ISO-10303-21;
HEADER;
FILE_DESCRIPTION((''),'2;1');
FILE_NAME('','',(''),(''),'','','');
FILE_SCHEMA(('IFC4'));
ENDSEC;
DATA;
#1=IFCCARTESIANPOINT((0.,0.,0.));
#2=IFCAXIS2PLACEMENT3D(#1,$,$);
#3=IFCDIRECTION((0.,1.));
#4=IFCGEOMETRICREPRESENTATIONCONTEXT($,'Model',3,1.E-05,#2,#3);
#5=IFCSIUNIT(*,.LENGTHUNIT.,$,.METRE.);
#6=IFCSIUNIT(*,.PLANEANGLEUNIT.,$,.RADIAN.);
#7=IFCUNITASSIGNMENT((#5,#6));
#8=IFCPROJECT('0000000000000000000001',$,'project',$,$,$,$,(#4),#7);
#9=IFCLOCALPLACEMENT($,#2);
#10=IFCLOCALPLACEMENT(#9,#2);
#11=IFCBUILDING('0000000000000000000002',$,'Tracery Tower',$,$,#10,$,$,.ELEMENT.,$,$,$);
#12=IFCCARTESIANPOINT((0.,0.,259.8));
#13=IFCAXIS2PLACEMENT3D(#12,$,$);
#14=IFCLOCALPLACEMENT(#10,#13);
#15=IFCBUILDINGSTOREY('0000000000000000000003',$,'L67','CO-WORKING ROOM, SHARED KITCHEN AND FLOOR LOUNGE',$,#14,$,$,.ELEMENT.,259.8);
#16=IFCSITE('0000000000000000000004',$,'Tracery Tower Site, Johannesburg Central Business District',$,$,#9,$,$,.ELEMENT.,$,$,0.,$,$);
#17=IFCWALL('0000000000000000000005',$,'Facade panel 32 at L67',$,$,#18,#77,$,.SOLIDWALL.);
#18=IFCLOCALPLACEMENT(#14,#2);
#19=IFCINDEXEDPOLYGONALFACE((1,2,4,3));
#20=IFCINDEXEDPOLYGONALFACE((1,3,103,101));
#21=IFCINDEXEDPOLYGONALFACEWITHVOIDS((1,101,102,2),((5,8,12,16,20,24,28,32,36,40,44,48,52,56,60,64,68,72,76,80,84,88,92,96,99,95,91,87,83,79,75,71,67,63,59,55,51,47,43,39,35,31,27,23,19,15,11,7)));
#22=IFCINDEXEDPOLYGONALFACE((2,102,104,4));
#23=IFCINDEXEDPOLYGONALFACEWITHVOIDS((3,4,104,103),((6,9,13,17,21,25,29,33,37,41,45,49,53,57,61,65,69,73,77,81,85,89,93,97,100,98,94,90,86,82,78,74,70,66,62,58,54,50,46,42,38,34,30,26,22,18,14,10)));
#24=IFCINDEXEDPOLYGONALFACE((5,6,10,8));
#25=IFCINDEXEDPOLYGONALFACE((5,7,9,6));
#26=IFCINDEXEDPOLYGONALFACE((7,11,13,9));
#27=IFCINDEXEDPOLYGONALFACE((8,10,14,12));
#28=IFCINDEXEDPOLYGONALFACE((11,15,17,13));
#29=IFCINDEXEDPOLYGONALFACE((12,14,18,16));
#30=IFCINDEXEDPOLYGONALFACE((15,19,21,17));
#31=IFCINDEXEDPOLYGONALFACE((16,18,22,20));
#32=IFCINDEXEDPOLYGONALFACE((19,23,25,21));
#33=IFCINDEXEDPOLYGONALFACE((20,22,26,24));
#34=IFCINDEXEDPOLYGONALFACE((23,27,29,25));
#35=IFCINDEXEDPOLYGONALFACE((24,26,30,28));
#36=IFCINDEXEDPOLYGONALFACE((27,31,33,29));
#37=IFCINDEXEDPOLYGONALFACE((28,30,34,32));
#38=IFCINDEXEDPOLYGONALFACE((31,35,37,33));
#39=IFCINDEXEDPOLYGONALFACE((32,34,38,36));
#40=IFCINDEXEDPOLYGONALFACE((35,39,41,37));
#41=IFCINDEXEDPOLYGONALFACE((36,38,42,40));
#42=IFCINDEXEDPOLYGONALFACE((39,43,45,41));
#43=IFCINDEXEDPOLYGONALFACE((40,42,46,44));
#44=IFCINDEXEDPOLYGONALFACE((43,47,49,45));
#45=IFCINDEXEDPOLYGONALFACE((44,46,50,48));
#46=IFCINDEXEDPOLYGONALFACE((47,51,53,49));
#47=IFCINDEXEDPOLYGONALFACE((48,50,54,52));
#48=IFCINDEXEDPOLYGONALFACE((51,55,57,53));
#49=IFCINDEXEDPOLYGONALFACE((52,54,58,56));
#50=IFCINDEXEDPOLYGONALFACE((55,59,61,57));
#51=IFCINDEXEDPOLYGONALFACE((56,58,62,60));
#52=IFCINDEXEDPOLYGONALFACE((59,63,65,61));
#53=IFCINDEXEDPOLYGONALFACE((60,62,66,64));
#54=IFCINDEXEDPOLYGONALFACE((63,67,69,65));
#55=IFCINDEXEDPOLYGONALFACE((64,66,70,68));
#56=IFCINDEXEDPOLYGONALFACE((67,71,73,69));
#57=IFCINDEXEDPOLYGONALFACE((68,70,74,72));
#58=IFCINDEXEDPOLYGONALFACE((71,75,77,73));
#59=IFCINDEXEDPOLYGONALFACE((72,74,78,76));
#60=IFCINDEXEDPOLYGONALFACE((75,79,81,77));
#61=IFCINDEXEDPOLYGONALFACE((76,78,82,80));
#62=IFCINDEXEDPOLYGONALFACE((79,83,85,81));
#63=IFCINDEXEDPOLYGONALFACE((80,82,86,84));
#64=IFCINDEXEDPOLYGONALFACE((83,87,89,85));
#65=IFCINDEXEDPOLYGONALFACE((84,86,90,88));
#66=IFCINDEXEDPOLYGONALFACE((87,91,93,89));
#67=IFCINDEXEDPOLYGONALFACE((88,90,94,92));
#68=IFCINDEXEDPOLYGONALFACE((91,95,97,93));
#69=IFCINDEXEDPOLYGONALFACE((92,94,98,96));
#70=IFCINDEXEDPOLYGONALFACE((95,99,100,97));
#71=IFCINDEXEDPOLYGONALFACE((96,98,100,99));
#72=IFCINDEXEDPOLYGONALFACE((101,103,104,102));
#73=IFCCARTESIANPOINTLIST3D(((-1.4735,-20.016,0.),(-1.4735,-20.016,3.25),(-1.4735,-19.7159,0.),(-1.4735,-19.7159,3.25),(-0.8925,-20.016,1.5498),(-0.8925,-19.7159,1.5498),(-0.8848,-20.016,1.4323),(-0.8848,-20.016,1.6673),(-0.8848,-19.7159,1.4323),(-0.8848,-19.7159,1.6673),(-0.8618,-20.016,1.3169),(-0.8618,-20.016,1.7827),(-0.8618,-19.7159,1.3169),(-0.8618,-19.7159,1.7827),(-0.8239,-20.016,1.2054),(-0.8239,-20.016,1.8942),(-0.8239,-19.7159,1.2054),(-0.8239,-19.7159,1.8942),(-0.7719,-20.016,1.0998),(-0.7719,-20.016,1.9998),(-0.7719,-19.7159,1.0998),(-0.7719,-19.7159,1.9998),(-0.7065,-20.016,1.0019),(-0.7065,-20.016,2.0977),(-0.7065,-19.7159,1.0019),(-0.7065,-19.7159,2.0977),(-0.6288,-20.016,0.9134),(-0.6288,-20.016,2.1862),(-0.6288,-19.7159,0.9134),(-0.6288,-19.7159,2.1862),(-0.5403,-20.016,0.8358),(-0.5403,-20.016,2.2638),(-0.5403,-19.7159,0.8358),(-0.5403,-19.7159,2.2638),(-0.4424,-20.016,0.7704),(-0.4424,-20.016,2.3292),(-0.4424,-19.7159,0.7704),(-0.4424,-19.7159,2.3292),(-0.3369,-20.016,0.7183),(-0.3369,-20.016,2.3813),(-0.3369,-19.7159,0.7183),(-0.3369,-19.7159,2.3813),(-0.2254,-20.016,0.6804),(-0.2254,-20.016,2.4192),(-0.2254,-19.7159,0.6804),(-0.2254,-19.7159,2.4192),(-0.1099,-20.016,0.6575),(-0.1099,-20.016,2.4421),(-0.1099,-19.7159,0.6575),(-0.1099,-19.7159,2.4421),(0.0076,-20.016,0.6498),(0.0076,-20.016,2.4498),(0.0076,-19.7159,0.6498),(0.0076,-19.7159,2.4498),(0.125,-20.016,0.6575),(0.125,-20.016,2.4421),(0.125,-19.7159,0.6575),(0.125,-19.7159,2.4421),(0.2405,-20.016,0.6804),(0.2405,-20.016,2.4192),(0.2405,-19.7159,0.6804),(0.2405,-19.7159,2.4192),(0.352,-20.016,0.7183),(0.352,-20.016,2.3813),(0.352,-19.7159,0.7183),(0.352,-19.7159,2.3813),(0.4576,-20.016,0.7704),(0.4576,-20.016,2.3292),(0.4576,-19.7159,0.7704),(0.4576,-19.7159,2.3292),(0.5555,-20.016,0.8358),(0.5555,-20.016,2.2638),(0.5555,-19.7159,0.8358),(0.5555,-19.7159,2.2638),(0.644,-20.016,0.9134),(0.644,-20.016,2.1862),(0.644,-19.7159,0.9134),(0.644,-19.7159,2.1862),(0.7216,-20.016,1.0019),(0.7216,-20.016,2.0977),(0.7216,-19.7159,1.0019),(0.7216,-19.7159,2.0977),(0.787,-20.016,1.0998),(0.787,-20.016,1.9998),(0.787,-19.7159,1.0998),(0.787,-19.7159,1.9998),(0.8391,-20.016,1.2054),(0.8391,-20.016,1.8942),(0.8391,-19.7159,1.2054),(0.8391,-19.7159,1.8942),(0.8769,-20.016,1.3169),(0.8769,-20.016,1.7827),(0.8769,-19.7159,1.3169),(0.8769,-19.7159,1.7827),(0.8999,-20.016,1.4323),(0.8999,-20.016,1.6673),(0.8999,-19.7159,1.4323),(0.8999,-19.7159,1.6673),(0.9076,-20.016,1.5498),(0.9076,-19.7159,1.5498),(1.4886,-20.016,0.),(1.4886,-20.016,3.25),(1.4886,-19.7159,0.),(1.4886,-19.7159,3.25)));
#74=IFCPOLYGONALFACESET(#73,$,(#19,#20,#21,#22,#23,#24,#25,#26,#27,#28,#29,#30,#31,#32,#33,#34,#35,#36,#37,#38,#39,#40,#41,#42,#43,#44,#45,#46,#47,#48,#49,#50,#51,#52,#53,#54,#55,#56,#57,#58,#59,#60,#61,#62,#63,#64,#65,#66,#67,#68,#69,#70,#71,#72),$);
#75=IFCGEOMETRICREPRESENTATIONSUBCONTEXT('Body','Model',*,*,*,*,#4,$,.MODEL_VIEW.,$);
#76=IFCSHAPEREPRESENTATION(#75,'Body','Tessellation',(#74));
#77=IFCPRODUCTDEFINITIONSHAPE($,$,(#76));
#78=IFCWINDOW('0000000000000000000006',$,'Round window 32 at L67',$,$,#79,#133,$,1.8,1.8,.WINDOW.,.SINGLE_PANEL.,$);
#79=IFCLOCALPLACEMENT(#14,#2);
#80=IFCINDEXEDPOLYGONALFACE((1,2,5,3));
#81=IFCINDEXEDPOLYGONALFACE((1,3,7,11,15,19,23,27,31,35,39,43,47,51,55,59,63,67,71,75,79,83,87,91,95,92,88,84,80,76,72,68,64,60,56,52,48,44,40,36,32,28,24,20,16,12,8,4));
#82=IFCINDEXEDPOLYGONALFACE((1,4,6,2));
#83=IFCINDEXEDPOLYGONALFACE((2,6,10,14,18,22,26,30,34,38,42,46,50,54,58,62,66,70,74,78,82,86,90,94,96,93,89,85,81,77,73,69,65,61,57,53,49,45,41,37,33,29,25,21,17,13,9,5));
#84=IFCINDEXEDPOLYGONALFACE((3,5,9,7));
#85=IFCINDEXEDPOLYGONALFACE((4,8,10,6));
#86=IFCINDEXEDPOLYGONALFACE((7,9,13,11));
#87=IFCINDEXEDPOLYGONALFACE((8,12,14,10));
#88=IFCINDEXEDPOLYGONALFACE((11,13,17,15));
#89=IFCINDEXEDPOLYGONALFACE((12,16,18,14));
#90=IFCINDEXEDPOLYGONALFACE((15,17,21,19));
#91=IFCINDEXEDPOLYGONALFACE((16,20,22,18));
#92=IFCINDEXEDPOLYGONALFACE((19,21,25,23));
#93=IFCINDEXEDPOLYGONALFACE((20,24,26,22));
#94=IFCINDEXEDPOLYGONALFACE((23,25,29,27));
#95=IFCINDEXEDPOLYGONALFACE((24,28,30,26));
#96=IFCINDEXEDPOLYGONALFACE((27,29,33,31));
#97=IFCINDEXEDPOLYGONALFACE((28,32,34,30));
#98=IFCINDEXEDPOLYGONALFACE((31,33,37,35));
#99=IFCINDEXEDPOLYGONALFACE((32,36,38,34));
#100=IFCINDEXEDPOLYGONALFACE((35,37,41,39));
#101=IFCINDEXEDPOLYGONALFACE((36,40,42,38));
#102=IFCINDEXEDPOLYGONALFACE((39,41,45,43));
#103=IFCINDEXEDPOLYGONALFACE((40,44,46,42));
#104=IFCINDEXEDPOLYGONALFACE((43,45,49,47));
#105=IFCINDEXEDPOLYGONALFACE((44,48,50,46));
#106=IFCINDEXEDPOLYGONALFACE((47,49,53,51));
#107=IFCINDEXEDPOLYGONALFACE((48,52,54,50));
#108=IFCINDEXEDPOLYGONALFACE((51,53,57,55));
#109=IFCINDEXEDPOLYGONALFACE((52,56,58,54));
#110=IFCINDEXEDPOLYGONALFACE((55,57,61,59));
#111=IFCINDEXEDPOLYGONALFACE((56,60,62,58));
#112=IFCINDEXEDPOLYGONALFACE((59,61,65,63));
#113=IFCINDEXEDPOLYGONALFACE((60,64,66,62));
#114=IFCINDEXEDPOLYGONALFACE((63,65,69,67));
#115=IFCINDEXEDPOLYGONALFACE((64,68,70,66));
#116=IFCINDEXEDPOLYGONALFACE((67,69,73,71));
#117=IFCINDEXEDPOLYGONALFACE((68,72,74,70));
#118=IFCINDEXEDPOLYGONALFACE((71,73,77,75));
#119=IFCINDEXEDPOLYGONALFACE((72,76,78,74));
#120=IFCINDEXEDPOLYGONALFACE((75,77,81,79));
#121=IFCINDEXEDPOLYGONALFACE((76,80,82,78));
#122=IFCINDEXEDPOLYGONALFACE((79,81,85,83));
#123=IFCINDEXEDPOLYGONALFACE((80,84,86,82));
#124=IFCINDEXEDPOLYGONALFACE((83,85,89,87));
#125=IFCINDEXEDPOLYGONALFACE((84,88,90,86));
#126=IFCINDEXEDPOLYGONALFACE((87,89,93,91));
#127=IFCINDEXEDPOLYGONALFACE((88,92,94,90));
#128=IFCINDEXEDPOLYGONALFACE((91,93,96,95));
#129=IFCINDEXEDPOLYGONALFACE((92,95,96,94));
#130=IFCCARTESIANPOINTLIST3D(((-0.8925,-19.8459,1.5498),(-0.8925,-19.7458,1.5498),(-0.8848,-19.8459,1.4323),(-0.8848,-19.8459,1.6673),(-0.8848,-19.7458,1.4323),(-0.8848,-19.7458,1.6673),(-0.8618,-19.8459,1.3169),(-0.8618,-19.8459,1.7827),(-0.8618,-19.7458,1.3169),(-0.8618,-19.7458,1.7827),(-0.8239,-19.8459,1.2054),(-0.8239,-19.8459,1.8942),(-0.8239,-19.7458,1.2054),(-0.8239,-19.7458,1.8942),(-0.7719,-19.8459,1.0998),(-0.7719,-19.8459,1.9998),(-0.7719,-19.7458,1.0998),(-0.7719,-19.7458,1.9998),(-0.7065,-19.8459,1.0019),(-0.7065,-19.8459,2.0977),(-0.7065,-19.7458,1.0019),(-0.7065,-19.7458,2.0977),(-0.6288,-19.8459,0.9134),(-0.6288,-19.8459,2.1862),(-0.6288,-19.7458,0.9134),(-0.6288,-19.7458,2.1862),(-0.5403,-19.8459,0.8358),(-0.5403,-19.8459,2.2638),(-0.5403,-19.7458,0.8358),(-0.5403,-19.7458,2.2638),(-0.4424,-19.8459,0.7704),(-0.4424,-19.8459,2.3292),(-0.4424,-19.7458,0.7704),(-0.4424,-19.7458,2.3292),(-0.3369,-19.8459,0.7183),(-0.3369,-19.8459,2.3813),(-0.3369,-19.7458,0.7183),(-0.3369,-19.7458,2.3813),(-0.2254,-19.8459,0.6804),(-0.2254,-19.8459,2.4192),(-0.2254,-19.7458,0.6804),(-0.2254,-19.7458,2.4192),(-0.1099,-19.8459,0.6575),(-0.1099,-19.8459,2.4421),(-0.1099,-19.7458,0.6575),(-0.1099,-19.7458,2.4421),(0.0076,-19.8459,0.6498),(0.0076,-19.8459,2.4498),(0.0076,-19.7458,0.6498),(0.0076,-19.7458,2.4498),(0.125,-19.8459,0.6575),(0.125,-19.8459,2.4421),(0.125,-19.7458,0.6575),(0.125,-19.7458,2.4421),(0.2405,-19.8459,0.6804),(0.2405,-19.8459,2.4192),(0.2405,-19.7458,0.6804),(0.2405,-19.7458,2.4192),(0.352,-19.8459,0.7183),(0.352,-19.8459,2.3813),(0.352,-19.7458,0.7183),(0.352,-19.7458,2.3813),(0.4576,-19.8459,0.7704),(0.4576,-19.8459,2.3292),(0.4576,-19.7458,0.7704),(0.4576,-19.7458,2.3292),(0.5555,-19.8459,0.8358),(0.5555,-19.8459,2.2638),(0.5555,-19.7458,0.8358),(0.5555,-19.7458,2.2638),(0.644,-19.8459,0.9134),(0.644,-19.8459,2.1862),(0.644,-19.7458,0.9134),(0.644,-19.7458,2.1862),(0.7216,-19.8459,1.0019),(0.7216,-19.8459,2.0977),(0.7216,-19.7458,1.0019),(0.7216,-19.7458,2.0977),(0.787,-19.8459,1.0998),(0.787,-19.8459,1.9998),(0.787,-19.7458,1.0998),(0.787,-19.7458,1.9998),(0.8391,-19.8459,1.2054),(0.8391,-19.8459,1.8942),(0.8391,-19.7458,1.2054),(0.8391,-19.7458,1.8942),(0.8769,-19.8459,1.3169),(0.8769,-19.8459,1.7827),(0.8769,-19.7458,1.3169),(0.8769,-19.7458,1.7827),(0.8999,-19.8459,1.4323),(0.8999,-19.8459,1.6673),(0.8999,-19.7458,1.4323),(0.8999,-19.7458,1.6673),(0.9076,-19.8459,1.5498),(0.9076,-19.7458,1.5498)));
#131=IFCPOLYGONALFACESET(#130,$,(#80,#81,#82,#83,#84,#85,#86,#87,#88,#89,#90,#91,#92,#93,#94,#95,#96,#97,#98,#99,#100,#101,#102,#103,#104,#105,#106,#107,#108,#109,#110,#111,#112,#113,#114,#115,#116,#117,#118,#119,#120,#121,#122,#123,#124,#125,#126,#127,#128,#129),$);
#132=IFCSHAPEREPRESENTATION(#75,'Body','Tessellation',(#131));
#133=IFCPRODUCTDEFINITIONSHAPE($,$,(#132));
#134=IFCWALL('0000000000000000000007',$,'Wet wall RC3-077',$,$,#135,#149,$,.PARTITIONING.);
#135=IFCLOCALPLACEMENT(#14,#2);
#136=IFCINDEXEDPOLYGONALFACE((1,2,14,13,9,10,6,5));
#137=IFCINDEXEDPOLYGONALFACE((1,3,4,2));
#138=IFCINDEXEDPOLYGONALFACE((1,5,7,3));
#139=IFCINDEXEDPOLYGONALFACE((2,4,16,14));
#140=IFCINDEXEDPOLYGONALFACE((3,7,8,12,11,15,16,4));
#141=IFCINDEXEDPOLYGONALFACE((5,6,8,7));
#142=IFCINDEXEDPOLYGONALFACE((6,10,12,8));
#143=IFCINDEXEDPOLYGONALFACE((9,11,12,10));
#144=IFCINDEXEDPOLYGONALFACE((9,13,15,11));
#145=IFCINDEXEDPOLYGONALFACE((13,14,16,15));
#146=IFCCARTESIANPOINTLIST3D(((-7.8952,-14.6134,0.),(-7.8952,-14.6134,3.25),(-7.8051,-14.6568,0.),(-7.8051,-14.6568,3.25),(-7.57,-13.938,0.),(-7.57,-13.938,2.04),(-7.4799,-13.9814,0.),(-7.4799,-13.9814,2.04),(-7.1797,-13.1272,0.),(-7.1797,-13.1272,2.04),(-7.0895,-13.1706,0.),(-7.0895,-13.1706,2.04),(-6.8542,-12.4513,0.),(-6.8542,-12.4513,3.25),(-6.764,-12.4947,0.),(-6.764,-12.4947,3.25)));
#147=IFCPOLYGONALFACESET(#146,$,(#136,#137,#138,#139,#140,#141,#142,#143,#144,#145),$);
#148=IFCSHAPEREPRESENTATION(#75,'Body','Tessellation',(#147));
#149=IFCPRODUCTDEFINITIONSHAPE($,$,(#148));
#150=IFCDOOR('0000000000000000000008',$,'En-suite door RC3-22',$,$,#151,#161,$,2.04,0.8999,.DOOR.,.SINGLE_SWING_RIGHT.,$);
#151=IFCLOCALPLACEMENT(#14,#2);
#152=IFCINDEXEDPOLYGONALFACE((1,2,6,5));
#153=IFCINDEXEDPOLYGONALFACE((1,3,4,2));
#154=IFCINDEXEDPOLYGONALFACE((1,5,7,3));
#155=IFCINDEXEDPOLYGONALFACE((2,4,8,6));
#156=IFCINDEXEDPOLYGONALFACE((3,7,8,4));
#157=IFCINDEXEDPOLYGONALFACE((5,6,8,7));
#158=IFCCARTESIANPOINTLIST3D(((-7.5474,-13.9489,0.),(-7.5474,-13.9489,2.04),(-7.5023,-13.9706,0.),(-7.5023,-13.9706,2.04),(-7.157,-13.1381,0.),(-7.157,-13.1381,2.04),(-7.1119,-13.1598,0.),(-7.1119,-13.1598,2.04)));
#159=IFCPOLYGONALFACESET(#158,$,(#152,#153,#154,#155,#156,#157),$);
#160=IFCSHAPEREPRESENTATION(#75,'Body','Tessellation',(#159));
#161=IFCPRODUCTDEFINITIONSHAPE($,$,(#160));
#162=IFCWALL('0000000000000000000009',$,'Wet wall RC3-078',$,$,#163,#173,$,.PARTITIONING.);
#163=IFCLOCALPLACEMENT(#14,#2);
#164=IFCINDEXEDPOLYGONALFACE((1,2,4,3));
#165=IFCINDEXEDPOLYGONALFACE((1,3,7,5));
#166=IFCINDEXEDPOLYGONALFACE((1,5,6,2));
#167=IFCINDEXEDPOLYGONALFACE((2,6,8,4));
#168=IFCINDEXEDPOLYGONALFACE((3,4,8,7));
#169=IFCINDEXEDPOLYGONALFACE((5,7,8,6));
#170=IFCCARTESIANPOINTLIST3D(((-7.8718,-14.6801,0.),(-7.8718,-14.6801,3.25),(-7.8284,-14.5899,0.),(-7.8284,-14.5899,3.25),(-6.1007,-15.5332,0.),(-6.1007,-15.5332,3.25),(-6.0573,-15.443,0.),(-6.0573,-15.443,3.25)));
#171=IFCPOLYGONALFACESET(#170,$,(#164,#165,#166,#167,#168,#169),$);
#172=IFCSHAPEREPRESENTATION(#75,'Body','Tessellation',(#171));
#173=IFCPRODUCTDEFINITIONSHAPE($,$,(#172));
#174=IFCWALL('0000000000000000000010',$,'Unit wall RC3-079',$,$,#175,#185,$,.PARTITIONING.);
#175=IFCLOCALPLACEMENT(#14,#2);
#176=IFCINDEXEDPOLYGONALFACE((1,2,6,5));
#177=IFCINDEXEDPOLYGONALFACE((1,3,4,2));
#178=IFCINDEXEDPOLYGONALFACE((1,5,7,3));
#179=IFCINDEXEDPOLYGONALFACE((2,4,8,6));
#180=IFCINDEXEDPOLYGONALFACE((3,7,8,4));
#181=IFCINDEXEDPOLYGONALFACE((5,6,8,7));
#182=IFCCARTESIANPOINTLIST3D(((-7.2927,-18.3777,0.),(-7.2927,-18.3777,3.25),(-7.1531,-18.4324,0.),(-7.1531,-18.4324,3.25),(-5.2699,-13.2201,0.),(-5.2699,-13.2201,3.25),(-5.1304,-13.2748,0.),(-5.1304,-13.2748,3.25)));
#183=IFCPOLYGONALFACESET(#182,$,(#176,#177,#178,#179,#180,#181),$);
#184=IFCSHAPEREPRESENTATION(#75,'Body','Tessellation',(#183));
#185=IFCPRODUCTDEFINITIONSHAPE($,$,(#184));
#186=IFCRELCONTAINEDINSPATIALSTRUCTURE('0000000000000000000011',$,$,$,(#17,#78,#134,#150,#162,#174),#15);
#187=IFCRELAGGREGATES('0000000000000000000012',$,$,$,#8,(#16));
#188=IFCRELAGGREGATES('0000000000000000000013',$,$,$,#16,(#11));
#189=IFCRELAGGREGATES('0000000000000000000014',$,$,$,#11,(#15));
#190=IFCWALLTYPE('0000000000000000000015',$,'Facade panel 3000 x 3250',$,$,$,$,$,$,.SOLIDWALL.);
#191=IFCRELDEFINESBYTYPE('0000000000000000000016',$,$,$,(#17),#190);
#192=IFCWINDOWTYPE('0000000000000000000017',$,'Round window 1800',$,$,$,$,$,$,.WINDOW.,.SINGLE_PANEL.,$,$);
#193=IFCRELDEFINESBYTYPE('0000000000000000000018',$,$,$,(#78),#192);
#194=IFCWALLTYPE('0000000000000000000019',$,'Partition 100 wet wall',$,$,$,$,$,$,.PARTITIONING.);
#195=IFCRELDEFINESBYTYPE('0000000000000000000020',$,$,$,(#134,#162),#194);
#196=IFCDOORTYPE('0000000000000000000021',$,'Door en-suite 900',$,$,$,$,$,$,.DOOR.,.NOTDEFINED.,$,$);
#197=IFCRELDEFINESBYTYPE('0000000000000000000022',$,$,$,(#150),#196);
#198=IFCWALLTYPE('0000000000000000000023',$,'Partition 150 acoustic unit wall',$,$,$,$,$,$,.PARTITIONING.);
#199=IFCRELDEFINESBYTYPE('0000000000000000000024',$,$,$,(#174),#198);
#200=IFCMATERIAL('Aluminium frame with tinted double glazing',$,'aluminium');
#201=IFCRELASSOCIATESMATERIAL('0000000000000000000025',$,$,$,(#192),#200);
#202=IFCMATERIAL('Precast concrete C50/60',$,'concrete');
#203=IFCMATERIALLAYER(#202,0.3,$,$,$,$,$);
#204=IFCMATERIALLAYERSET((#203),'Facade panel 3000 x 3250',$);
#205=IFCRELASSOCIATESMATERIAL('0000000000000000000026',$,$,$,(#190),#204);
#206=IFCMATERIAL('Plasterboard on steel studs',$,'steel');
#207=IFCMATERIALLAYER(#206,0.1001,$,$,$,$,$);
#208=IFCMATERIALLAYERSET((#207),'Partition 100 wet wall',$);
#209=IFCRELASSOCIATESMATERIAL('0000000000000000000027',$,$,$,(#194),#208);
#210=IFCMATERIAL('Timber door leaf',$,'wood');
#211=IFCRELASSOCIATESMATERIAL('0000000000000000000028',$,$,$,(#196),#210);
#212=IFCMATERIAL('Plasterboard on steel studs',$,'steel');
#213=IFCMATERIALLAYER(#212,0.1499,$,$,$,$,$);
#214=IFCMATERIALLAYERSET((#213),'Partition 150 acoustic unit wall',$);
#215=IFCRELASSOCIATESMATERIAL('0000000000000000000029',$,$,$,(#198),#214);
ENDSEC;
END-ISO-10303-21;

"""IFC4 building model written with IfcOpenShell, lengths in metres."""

from ifc_helpers import new_model, si_unit, direction, frame, frame_2d, origin, origin_2d, place, context, subcontext, project, spatial, rectangle, circle, extrude, material, layer, layer_set, type_object, element, fill, save


model = new_model("IFC4")

# Units and contexts
model_context = context("Model", 3, precision=1e-05, world=origin(), true_north=direction((0.0, 1.0)))
body_context = subcontext(model_context, "Body", "Model", "MODEL_VIEW")
ifc_project = project(units=[si_unit("LENGTHUNIT", "METRE"), si_unit("PLANEANGLEUNIT", "RADIAN")], contexts=[model_context])

# Site, building, storey
site_placement = place(None, origin())
site = spatial("IfcSite", under=ifc_project, at=site_placement, Name="Tracery Tower Site, Johannesburg Central Business District", CompositionType="ELEMENT", RefElevation=0.0)
building_placement = place(site_placement, origin())
building = spatial("IfcBuilding", under=site, at=building_placement, Name="Tracery Tower", CompositionType="ELEMENT")
storey_placement = place(building_placement, frame((0.0, 0.0, 259.8)))
storey = spatial("IfcBuildingStorey", under=building, at=storey_placement, Name="L67", Description="CO-WORKING ROOM, SHARED KITCHEN AND FLOOR LOUNGE", CompositionType="ELEMENT", Elevation=259.8)

# Wall, opening, window
ifc_material_1 = material(Name="Aluminium frame with tinted double glazing", Category="aluminium")
window_type = type_object("IfcWindowType", Name="Round window 1800", PartitioningType="SINGLE_PANEL", PredefinedType="WINDOW", material=ifc_material_1)
ifc_material_2 = material(Name="Precast concrete C50/60", Category="concrete")
ifc_layer_1 = layer(ifc_material_2, 0.3)
ifc_layer_set_1 = layer_set([ifc_layer_1], Name="Facade panel 3000 x 3250")
wall_type_1 = type_object("IfcWallType", Name="Facade panel 3000 x 3250", PredefinedType="SOLIDWALL", material=ifc_layer_set_1)
wall_1_placement = place(storey_placement, frame((-1.4734, -19.866, 0.0), z_axis=(0.0, 0.0, 1.0), x_axis=(1.0, 0.0, 0.0)))
wall_1 = element("IfcWall", 1, at=wall_1_placement, inside=storey, type_object=wall_type_1, Name="Facade panel 32 at L67", PredefinedType="SOLIDWALL", context=body_context, shape_type="SweptSolid", body=[
    extrude(rectangle(XDim=2.9622, YDim=0.3, at=frame_2d((1.481, 0.0))), origin(), (0.0, 0.0, 1.0), 3.25),
])
opening_1_placement = place(wall_1_placement, frame((1.481, 0.0, 1.5498)))
opening_1 = element("IfcOpeningElement", 2, at=opening_1_placement, cuts=wall_1, PredefinedType="OPENING", context=body_context, shape_type="SweptSolid", body=[
    extrude(circle(Radius=0.9, at=origin_2d()), frame((0.0, 0.1599, 0.0), z_axis=(0.0, -1.0, 0.0), x_axis=(1.0, 0.0, 0.0)), (0.0, 0.0, 1.0), 0.3201),
])
window_1_placement = place(opening_1_placement, origin())
window_1 = element("IfcWindow", 3, at=window_1_placement, inside=storey, type_object=window_type, Name="Round window 32 at L67", OverallHeight=1.8, OverallWidth=1.8, PartitioningType="SINGLE_PANEL", PredefinedType="WINDOW", context=body_context, shape_type="SweptSolid", body=[
    extrude(circle(Radius=0.9, at=origin_2d()), frame((0.0, 0.1201, 0.0), z_axis=(0.0, -1.0, 0.0), x_axis=(1.0, 0.0, 0.0)), (0.0, 0.0, 1.0), 0.1001),
])
fill(opening_1, window_1)

# Wall, opening, door
ifc_material_3 = material(Name="Plasterboard on steel studs", Category="steel")
ifc_layer_2 = layer(ifc_material_3, 0.1001)
ifc_layer_set_2 = layer_set([ifc_layer_2], Name="Partition 100 wet wall")
wall_type_2 = type_object("IfcWallType", Name="Partition 100 wet wall", PredefinedType="PARTITIONING", material=ifc_layer_set_2)
wall_2_placement = place(storey_placement, frame((-7.8501, -14.635, 0.0), z_axis=(0.0, 0.0, 1.0), x_axis=(0.433816, 0.901002, 0.0)))
wall_2 = element("IfcWall", 4, at=wall_2_placement, inside=storey, type_object=wall_type_2, Name="Wet wall RC3-077", PredefinedType="PARTITIONING", context=body_context, shape_type="SweptSolid", body=[
    extrude(rectangle(XDim=2.3997, YDim=0.1001, at=frame_2d((1.1997, 0.0))), origin(), (0.0, 0.0, 1.0), 3.25),
])
opening_2_placement = place(wall_2_placement, frame((0.7495, 0.0, 0.0)))
opening_2 = element("IfcOpeningElement", 5, at=opening_2_placement, cuts=wall_2, PredefinedType="OPENING", context=body_context, shape_type="SweptSolid", body=[
    extrude(rectangle(XDim=0.8999, YDim=2.04, at=frame_2d((0.45, 1.02))), frame((0.0, 0.05, 0.0), z_axis=(0.0, -1.0, 0.0), x_axis=(1.0, 0.0, 0.0)), (0.0, 0.0, 1.0), 0.1001),
])
ifc_material_4 = material(Name="Timber door leaf", Category="wood")
door_type_1 = type_object("IfcDoorType", Name="Door en-suite 900", OperationType="NOTDEFINED", PredefinedType="DOOR", material=ifc_material_4)
door_1_placement = place(opening_2_placement, origin())
door_1 = element("IfcDoor", 6, at=door_1_placement, inside=storey, type_object=door_type_1, Name="En-suite door RC3-22", OperationType="SINGLE_SWING_RIGHT", OverallHeight=2.04, OverallWidth=0.8999, PredefinedType="DOOR", context=body_context, shape_type="SweptSolid", body=[
    extrude(rectangle(XDim=0.8999, YDim=2.04, at=frame_2d((0.45, 1.02))), frame((0.0, 0.0249, 0.0), z_axis=(0.0, -1.0, 0.0), x_axis=(1.0, 0.0, 0.0)), (0.0, 0.0, 1.0), 0.05),
])
fill(opening_2, door_1)

# Walls
wall_3_placement = place(storey_placement, frame((-7.8501, -14.635, 0.0), z_axis=(0.0, 0.0, 1.0), x_axis=(0.900937, -0.43395, 0.0)))
element("IfcWall", 7, at=wall_3_placement, inside=storey, type_object=wall_type_2, Name="Wet wall RC3-078", PredefinedType="PARTITIONING", context=body_context, shape_type="SweptSolid", body=[
    extrude(rectangle(XDim=1.9658, YDim=0.1001, at=frame_2d((0.9829, 0.0))), origin(), (0.0, 0.0, 1.0), 3.25),
])
ifc_material_5 = material(Name="Plasterboard on steel studs", Category="steel")
ifc_layer_3 = layer(ifc_material_5, 0.1499)
ifc_layer_set_3 = layer_set([ifc_layer_3], Name="Partition 150 acoustic unit wall")
wall_type_3 = type_object("IfcWallType", Name="Partition 150 acoustic unit wall", PredefinedType="PARTITIONING", material=ifc_layer_set_3)
wall_4_placement = place(storey_placement, frame((-7.2229, -18.405, 0.0), z_axis=(0.0, 0.0, 1.0), x_axis=(0.365114, 0.930963, 0.0)))
element("IfcWall", 8, at=wall_4_placement, inside=storey, type_object=wall_type_3, Name="Unit wall RC3-079", PredefinedType="PARTITIONING", context=body_context, shape_type="SweptSolid", body=[
    extrude(rectangle(XDim=5.54, YDim=0.1499, at=frame_2d((2.77, 0.0))), origin(), (0.0, 0.0, 1.0), 3.25),
])

save(model, "model.ifc")
